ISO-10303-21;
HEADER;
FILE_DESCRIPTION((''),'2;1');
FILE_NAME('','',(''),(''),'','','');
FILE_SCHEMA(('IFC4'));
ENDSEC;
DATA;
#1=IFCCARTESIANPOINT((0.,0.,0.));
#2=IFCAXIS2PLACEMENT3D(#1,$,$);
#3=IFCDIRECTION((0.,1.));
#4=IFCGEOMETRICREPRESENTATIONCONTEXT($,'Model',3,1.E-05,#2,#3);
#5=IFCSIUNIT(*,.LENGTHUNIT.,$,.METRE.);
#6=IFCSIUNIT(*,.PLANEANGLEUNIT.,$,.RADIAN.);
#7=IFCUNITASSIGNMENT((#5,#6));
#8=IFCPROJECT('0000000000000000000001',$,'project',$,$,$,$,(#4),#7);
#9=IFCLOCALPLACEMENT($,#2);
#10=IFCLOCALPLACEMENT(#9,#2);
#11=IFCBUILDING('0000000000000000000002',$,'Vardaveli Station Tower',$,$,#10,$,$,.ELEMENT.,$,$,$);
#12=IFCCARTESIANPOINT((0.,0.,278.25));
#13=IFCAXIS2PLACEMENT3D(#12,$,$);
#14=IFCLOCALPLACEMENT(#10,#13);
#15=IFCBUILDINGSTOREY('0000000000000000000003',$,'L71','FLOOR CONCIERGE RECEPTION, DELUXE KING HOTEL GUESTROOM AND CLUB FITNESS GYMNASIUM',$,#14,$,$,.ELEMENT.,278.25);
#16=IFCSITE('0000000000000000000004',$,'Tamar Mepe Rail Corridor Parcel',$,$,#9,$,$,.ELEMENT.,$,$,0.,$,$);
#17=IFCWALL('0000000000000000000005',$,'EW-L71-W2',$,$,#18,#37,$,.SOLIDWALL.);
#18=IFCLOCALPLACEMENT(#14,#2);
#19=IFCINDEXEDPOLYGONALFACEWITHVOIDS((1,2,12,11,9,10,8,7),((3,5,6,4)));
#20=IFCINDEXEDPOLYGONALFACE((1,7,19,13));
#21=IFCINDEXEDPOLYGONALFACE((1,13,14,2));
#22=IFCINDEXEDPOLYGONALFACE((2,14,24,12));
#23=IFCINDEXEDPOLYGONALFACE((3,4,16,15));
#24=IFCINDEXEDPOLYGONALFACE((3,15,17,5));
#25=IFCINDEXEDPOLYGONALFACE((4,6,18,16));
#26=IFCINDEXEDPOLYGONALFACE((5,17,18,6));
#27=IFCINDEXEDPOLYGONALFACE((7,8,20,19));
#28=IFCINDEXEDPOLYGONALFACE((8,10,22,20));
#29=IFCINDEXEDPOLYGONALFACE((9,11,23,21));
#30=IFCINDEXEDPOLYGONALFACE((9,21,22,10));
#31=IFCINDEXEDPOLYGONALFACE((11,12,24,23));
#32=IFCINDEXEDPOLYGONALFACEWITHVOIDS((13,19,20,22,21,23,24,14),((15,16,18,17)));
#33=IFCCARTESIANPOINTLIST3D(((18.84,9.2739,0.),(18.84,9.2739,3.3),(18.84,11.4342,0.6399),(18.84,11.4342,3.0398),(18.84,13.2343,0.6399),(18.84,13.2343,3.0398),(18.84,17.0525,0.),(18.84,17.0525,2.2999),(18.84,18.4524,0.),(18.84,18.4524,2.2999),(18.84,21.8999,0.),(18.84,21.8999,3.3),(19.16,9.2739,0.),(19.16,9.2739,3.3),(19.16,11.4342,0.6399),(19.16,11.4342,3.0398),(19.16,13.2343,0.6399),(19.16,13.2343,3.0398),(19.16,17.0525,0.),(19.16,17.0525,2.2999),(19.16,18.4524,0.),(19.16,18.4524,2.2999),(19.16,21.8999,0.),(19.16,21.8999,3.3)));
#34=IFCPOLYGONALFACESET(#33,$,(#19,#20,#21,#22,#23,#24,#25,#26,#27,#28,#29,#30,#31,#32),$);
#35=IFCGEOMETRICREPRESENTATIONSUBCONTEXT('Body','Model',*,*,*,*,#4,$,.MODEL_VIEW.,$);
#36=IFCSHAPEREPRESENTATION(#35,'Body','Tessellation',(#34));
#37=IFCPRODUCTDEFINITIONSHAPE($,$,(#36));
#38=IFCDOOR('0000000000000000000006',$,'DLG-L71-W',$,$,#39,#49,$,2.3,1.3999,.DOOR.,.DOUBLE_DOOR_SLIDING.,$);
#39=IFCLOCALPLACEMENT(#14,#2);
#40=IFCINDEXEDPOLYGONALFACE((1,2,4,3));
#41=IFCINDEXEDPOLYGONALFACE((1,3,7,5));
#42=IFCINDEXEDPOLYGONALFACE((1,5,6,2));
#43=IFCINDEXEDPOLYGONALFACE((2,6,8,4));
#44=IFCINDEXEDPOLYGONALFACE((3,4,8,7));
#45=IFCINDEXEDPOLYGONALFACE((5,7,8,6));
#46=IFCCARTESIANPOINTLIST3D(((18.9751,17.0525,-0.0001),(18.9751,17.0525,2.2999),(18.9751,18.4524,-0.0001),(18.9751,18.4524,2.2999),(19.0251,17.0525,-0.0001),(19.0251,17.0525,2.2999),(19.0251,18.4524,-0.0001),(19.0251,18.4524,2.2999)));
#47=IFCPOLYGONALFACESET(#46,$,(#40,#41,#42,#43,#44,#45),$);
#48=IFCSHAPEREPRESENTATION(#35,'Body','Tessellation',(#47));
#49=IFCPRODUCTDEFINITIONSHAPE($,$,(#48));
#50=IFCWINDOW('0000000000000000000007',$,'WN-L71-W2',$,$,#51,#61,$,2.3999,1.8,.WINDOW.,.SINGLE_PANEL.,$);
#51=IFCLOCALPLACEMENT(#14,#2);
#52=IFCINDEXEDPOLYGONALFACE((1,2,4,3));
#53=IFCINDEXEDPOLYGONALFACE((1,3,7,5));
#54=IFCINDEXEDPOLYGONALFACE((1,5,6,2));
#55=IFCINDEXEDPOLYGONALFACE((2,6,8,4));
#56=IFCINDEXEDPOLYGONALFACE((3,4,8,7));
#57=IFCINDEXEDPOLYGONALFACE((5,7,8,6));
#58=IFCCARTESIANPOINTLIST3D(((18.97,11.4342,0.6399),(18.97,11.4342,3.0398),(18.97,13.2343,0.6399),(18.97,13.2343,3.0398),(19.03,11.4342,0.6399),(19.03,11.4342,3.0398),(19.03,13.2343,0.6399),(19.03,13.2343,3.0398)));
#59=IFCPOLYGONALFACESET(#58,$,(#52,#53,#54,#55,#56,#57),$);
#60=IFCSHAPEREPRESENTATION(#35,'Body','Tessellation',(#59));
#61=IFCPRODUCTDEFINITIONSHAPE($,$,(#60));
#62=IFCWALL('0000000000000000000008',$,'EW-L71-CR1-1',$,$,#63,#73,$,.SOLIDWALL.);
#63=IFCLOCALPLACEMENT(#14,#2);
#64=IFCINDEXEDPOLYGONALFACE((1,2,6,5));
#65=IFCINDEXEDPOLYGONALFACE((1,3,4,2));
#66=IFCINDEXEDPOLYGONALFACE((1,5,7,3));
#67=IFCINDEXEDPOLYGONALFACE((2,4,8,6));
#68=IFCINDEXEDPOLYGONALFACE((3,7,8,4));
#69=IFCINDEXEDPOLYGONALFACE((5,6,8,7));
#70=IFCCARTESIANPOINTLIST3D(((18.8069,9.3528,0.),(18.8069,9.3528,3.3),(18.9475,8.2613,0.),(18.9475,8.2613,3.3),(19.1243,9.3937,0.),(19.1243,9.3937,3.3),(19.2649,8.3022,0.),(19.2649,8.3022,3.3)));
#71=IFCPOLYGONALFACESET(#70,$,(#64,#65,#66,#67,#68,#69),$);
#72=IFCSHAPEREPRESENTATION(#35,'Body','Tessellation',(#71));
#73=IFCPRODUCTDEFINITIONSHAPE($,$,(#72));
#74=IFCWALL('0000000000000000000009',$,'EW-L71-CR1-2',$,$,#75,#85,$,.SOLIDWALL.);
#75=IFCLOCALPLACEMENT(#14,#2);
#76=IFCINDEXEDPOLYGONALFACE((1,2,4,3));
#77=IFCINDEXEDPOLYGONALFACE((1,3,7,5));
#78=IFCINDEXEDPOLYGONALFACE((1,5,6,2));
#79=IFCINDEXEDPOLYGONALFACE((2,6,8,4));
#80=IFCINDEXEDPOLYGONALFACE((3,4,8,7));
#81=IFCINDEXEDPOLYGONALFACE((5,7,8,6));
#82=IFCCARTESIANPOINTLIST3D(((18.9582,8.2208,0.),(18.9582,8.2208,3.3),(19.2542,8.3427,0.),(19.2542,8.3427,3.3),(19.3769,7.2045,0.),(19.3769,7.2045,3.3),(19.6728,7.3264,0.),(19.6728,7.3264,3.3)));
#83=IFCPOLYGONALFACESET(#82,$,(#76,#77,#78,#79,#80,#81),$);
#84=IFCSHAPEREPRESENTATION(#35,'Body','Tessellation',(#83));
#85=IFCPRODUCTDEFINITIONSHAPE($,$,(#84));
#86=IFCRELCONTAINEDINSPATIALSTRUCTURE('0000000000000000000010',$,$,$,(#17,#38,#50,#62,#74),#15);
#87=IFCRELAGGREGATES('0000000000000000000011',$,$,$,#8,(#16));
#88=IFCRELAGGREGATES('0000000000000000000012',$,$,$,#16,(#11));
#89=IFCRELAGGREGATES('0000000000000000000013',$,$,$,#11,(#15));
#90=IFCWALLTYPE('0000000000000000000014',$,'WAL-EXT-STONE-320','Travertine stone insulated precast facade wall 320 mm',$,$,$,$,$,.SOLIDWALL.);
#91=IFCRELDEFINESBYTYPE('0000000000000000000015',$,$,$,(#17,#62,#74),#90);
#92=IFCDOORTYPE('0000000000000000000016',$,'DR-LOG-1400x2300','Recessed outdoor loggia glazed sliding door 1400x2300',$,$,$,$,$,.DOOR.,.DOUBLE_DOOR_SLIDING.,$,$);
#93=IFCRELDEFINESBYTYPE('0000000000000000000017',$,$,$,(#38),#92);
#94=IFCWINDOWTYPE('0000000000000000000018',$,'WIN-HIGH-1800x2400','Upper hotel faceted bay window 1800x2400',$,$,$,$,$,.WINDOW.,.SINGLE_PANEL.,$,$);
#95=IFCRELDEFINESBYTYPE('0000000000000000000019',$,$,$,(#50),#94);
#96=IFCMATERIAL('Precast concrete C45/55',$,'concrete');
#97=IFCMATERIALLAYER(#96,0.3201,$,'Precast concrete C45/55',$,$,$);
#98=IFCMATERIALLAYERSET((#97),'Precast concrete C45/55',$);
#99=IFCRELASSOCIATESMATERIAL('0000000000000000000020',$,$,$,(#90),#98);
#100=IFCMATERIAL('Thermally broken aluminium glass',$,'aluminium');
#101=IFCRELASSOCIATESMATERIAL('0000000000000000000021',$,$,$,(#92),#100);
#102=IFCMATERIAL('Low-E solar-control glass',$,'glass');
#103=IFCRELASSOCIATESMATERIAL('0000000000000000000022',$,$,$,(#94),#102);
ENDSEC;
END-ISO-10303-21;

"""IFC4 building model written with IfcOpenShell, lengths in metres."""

from ifc_helpers import new_model, si_unit, direction, frame, frame_2d, origin, place, context, subcontext, project, spatial, rectangle, extrude, source, transform, mapped, material, layer, layer_set, type_object, element, fill, save


model = new_model("IFC4")

# Units and contexts
model_context = context("Model", 3, precision=1e-05, world=origin(), true_north=direction((0.0, 1.0)))
body_context = subcontext(model_context, "Body", "Model", "MODEL_VIEW")
ifc_project = project(units=[si_unit("LENGTHUNIT", "METRE"), si_unit("PLANEANGLEUNIT", "RADIAN")], contexts=[model_context])

# Site, building, storey
site_placement = place(None, origin())
site = spatial("IfcSite", under=ifc_project, at=site_placement, Name="Tamar Mepe Rail Corridor Parcel", CompositionType="ELEMENT", RefElevation=0.0)
building_placement = place(site_placement, origin())
building = spatial("IfcBuilding", under=site, at=building_placement, Name="Vardaveli Station Tower", CompositionType="ELEMENT")
storey_placement = place(building_placement, frame((0.0, 0.0, 278.25)))
storey = spatial("IfcBuildingStorey", under=building, at=storey_placement, Name="L71", Description="FLOOR CONCIERGE RECEPTION, DELUXE KING HOTEL GUESTROOM AND CLUB FITNESS GYMNASIUM", CompositionType="ELEMENT", Elevation=278.25)

# Shared definitions
ifc_material_1 = material(Name="Precast concrete C45/55", Category="concrete")

# Wall, openings, door, window
ifc_layer_1 = layer(ifc_material_1, 0.3201, Name="Precast concrete C45/55")
ifc_layer_set_1 = layer_set([ifc_layer_1], Name="Precast concrete C45/55")
wall_type_1 = type_object("IfcWallType", Name="WAL-EXT-STONE-320", Description="Travertine stone insulated precast facade wall 320 mm", PredefinedType="SOLIDWALL", material=ifc_layer_set_1)
shared_shape_1 = source(origin(), body_context, "Body", "SweptSolid", [
    extrude(rectangle(XDim=12.626, YDim=0.3201, at=frame_2d((6.313, 0.0))), origin(), (0.0, 0.0, 1.0), 3.3),
])
wall_1_placement = place(storey_placement, frame((19.0, 21.8999, 0.0), z_axis=(0.0, 0.0, 1.0), x_axis=(0.0, -1.0, 0.0)))
wall_1 = element("IfcWall", 1, at=wall_1_placement, inside=storey, type_object=wall_type_1, Name="EW-L71-W2", PredefinedType="SOLIDWALL", context=body_context, shape_type="MappedRepresentation", body=[
    mapped(shared_shape_1, transform((0.0, 0.0, 0.0), scale=1.0)),
])
shared_shape_2 = source(origin(), body_context, "Body", "SweptSolid", [
    extrude(rectangle(XDim=1.3999, YDim=2.3, at=frame_2d((0.7, 1.1499))), frame((0.0, 0.1699, 0.0), z_axis=(0.0, -1.0, 0.0), x_axis=(1.0, 0.0, 0.0)), (0.0, 0.0, 1.0), 0.3401),
])
opening_1_placement = place(wall_1_placement, frame((3.4475, 0.0, 0.0)))
opening_1 = element("IfcOpeningElement", 2, at=opening_1_placement, cuts=wall_1, PredefinedType="OPENING", context=body_context, shape_type="MappedRepresentation", body=[
    mapped(shared_shape_2, transform((0.0, 0.0, 0.0), scale=1.0)),
])
shared_shape_3 = source(origin(), body_context, "Body", "SweptSolid", [
    extrude(rectangle(XDim=1.8, YDim=2.3999, at=frame_2d((0.8999, 1.2))), frame((0.0, 0.1699, 0.0), z_axis=(0.0, -1.0, 0.0), x_axis=(1.0, 0.0, 0.0)), (0.0, 0.0, 1.0), 0.3401),
])
opening_2_placement = place(wall_1_placement, frame((8.6658, 0.0, 0.6399)))
opening_2 = element("IfcOpeningElement", 3, at=opening_2_placement, cuts=wall_1, PredefinedType="OPENING", context=body_context, shape_type="MappedRepresentation", body=[
    mapped(shared_shape_3, transform((0.0, 0.0, 0.0), scale=1.0)),
])
ifc_material_2 = material(Name="Thermally broken aluminium glass", Category="aluminium")
door_type_1 = type_object("IfcDoorType", Name="DR-LOG-1400x2300", Description="Recessed outdoor loggia glazed sliding door 1400x2300", OperationType="DOUBLE_DOOR_SLIDING", PredefinedType="DOOR", material=ifc_material_2)
shared_shape_4 = source(origin(), body_context, "Body", "SweptSolid", [
    extrude(rectangle(XDim=1.3999, YDim=2.3, at=frame_2d((0.7, 1.1499))), frame((0.0, 0.0249, 0.0), z_axis=(0.0, -1.0, 0.0), x_axis=(1.0, 0.0, 0.0)), (0.0, 0.0, 1.0), 0.05),
])
door_1_placement = place(opening_1_placement, frame((1.3999, 0.0, 0.0), z_axis=(0.0, 0.0, 1.0), x_axis=(-1.0, 0.0, 0.0)))
door_1 = element("IfcDoor", 4, at=door_1_placement, inside=storey, type_object=door_type_1, Name="DLG-L71-W", OperationType="DOUBLE_DOOR_SLIDING", OverallHeight=2.3, OverallWidth=1.3999, PredefinedType="DOOR", context=body_context, shape_type="MappedRepresentation", body=[
    mapped(shared_shape_4, transform((0.0, 0.0, 0.0), scale=1.0)),
])
fill(opening_1, door_1)
ifc_material_3 = material(Name="Low-E solar-control glass", Category="glass")
window_type = type_object("IfcWindowType", Name="WIN-HIGH-1800x2400", Description="Upper hotel faceted bay window 1800x2400", PartitioningType="SINGLE_PANEL", PredefinedType="WINDOW", material=ifc_material_3)
shared_shape_5 = source(origin(), body_context, "Body", "SweptSolid", [
    extrude(rectangle(XDim=1.8, YDim=2.3999, at=frame_2d((0.8999, 1.2))), frame((0.0, 0.03, 0.0), z_axis=(0.0, -1.0, 0.0), x_axis=(1.0, 0.0, 0.0)), (0.0, 0.0, 1.0), 0.0601),
])
window_placement = place(opening_2_placement, origin())
window = element("IfcWindow", 5, at=window_placement, inside=storey, type_object=window_type, Name="WN-L71-W2", OverallHeight=2.3999, OverallWidth=1.8, PartitioningType="SINGLE_PANEL", PredefinedType="WINDOW", context=body_context, shape_type="MappedRepresentation", body=[
    mapped(shared_shape_5, transform((0.0, 0.0, 0.0), scale=1.0)),
])
fill(opening_2, window)

# Walls
shared_shape_6 = source(origin(), body_context, "Body", "SweptSolid", [
    extrude(rectangle(XDim=1.1006, YDim=0.3201, at=frame_2d((0.5503, 0.0))), origin(), (0.0, 0.0, 1.0), 3.3),
])
wall_2_placement = place(storey_placement, frame((18.9656, 9.3733, 0.0), z_axis=(0.0, 0.0, 1.0), x_axis=(0.127774, -0.991803, 0.0)))
element("IfcWall", 6, at=wall_2_placement, inside=storey, type_object=wall_type_1, Name="EW-L71-CR1-1", PredefinedType="SOLIDWALL", context=body_context, shape_type="MappedRepresentation", body=[
    mapped(shared_shape_6, transform((0.0, 0.0, 0.0), scale=1.0)),
])
shared_shape_7 = source(origin(), body_context, "Body", "SweptSolid", [
    extrude(rectangle(XDim=1.0991, YDim=0.3201, at=frame_2d((0.5496, 0.0))), origin(), (0.0, 0.0, 1.0), 3.3),
])
wall_3_placement = place(storey_placement, frame((19.1062, 8.2817, 0.0), z_axis=(0.0, 0.0, 1.0), x_axis=(0.380906, -0.924614, 0.0)))
element("IfcWall", 7, at=wall_3_placement, inside=storey, type_object=wall_type_1, Name="EW-L71-CR1-2", PredefinedType="SOLIDWALL", context=body_context, shape_type="MappedRepresentation", body=[
    mapped(shared_shape_7, transform((0.0, 0.0, 0.0), scale=1.0)),
])

save(model, "model.ifc")
